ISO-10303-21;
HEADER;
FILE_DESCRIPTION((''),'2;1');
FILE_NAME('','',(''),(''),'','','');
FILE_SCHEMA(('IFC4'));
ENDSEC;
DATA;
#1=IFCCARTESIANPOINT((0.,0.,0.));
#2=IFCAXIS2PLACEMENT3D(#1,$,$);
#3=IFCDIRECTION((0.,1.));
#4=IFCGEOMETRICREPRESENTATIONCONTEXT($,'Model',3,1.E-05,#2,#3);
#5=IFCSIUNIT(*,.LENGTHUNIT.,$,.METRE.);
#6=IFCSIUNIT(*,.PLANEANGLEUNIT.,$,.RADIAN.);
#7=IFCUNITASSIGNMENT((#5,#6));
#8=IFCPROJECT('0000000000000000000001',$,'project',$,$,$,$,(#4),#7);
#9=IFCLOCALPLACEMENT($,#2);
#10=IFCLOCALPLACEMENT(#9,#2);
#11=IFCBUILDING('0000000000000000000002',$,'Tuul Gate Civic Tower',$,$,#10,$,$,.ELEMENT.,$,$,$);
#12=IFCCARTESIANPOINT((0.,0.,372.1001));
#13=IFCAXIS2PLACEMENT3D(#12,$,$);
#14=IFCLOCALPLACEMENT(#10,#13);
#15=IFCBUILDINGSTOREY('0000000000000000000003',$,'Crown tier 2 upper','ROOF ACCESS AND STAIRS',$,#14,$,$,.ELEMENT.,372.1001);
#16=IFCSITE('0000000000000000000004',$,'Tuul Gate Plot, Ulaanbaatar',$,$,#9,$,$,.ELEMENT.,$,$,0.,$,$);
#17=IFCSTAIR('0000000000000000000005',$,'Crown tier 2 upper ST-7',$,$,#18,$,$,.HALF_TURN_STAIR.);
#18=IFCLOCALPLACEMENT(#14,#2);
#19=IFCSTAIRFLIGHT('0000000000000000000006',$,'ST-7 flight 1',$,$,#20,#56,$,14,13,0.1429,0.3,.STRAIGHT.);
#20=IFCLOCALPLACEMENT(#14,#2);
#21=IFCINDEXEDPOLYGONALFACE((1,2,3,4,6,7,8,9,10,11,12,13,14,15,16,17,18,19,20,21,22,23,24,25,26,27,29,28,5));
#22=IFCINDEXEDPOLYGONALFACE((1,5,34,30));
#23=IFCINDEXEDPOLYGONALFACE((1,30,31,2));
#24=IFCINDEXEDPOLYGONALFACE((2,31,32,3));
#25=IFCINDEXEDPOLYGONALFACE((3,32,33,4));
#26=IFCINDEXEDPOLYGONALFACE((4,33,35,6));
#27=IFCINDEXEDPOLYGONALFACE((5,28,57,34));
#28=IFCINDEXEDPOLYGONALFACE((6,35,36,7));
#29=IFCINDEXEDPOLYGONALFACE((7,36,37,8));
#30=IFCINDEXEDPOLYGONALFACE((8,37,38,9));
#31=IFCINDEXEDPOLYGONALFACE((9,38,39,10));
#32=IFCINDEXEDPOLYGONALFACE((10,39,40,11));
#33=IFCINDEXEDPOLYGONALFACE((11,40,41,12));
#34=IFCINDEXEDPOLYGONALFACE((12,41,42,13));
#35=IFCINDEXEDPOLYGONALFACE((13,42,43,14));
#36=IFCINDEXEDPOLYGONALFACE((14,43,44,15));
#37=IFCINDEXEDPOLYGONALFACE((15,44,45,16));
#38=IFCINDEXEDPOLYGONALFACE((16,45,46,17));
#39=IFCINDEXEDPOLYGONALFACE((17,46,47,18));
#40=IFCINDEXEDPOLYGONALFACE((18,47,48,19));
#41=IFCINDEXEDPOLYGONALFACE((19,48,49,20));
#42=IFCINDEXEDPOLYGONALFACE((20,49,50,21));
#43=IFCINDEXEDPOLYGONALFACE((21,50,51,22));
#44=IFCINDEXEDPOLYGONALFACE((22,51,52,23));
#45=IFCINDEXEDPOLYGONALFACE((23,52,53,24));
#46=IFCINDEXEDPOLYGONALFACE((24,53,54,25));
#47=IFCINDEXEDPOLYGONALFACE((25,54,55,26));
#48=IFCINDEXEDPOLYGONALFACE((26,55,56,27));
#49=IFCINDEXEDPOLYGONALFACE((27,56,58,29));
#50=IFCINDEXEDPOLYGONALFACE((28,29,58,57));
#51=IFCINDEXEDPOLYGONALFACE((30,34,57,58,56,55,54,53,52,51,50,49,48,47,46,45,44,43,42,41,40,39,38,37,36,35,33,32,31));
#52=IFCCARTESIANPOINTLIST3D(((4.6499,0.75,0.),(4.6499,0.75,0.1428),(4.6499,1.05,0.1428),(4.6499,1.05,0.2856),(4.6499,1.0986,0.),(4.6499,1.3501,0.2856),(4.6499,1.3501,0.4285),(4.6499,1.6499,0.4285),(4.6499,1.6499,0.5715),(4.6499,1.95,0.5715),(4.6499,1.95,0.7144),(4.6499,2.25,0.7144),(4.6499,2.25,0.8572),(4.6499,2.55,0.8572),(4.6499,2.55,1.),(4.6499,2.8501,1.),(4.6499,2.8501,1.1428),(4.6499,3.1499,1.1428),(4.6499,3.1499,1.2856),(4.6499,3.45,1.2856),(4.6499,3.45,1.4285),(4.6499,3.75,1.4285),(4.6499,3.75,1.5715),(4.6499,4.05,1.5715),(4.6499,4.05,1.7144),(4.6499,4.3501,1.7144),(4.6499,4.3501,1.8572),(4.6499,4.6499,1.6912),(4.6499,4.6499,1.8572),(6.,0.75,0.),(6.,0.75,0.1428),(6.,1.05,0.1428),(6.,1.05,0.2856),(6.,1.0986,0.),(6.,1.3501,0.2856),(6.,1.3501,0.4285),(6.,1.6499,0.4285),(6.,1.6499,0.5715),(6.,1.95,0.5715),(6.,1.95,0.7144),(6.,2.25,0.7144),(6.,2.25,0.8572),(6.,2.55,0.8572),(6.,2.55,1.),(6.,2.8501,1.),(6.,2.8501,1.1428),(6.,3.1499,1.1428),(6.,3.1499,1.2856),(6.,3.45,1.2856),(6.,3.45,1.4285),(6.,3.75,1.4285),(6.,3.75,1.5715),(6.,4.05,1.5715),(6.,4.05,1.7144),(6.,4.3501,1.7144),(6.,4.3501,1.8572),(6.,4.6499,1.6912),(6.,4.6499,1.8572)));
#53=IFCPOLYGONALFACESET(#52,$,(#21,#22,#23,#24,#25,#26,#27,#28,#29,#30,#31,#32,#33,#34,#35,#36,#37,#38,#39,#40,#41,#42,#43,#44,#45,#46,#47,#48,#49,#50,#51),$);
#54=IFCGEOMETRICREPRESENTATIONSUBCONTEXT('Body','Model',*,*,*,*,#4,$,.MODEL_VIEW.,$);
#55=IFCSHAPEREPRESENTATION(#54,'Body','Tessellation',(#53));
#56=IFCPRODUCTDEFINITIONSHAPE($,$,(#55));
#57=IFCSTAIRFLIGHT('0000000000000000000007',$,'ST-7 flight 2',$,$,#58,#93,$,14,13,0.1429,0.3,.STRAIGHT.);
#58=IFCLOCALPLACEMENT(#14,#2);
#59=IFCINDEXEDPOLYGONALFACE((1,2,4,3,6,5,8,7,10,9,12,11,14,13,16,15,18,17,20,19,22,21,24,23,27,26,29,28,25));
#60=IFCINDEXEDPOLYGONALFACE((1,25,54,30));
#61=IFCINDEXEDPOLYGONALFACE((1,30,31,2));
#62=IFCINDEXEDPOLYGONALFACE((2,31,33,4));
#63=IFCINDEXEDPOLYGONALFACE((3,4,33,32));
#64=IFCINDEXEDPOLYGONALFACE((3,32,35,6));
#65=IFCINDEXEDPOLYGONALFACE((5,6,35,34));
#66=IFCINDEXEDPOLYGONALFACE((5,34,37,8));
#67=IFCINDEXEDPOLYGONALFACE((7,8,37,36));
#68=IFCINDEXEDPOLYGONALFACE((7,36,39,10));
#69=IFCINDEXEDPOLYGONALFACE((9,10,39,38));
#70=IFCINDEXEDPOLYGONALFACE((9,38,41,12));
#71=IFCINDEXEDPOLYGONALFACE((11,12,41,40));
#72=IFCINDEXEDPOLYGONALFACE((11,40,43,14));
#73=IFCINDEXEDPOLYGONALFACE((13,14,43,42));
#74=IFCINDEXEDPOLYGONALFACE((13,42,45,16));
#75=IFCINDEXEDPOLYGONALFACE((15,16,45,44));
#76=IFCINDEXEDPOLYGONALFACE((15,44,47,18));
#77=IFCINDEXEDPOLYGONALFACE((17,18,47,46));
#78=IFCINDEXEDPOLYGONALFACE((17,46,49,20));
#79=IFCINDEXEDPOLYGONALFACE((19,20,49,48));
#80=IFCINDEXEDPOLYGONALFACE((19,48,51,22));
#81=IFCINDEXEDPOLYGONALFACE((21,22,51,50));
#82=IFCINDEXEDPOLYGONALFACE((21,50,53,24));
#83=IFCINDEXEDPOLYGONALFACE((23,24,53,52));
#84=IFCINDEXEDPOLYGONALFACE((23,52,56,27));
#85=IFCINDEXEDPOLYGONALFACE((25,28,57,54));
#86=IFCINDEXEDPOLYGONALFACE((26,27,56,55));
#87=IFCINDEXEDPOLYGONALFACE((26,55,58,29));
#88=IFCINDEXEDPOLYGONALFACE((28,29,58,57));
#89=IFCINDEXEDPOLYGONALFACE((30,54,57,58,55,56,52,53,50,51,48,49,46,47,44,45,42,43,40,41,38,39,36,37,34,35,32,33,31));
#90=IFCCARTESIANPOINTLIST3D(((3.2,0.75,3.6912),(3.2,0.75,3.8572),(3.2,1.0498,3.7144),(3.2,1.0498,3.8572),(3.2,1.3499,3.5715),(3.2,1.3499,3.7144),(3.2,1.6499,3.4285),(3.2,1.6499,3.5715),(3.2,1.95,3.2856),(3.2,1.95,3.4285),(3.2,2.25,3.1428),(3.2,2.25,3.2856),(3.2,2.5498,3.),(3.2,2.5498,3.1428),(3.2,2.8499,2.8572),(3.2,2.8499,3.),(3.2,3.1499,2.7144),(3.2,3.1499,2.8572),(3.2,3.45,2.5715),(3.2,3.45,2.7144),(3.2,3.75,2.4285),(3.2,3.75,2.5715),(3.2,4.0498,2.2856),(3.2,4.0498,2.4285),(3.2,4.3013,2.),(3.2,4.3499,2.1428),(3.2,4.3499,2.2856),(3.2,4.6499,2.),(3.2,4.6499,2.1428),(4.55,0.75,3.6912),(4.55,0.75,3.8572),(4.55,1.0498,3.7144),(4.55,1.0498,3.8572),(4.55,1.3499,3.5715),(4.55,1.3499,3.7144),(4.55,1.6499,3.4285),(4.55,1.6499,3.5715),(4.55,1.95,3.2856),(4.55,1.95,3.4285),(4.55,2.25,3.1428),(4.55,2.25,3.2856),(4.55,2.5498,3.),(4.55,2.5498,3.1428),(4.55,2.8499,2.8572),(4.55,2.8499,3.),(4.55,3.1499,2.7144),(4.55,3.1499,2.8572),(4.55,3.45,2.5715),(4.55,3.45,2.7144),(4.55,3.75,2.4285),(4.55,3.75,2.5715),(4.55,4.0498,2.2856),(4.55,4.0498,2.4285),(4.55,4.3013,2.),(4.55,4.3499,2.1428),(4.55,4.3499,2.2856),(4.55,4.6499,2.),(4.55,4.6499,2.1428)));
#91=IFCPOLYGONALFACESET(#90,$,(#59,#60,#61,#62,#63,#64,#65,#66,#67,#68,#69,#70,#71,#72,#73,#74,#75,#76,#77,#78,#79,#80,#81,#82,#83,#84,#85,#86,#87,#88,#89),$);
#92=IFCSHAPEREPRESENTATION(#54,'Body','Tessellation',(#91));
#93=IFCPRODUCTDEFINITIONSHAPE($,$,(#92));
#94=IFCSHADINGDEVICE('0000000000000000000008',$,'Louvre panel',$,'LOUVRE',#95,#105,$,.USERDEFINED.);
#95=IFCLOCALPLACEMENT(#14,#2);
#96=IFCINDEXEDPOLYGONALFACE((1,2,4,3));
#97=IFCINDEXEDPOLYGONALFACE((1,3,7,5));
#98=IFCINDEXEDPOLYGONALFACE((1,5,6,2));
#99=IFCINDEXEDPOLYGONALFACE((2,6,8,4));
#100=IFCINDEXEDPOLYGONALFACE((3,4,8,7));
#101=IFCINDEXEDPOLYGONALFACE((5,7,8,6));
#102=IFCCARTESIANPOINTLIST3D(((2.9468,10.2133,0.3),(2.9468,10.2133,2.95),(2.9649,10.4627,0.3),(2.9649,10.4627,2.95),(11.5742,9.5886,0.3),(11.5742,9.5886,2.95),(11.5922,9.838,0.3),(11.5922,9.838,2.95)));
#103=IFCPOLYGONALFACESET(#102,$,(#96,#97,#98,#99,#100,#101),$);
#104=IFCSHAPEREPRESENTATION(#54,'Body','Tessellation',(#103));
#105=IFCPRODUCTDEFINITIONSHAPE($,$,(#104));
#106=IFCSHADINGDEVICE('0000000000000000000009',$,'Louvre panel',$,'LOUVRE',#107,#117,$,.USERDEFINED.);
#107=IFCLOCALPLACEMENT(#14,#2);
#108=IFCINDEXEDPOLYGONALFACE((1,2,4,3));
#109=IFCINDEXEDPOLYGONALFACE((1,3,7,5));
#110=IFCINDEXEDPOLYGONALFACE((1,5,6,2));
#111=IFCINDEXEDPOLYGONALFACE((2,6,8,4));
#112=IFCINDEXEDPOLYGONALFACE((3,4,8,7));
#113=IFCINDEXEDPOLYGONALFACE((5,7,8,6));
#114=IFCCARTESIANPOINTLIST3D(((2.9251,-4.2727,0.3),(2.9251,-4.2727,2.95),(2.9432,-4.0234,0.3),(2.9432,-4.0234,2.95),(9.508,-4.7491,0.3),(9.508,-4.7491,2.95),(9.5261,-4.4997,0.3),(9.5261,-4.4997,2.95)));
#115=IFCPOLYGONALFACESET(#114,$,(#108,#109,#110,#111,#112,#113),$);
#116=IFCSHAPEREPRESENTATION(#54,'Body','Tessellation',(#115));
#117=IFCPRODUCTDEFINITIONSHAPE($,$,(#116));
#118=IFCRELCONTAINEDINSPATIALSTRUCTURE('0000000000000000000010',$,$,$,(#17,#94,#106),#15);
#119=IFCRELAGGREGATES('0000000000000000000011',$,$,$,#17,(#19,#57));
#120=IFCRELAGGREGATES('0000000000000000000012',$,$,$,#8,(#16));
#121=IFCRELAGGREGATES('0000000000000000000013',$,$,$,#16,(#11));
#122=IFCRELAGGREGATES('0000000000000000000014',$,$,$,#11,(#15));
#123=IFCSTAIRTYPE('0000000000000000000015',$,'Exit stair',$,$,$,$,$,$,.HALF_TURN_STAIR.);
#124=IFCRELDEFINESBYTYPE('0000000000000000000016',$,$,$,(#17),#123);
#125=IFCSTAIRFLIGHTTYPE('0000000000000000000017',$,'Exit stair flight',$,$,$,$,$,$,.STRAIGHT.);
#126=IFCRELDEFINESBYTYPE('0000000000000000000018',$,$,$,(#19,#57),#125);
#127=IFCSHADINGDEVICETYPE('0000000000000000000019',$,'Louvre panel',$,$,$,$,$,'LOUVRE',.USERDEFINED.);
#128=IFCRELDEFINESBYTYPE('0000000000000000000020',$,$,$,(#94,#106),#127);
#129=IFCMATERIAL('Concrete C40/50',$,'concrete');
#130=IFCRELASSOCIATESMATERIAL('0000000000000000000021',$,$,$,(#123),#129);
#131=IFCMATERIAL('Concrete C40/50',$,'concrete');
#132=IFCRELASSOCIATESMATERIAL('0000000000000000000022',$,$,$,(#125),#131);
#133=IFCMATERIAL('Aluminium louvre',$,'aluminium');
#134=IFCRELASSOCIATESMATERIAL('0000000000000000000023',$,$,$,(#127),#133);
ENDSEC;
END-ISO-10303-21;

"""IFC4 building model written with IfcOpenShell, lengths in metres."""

from ifc_helpers import new_model, si_unit, direction, frame, origin, origin_2d, place, context, subcontext, project, spatial, polyline, rectangle, outline, extrude, material, type_object, element, aggregate, save


model = new_model("IFC4")

# Units and contexts
model_context = context("Model", 3, precision=1e-05, world=origin(), true_north=direction((0.0, 1.0)))
body_context = subcontext(model_context, "Body", "Model", "MODEL_VIEW")
ifc_project = project(units=[si_unit("LENGTHUNIT", "METRE"), si_unit("PLANEANGLEUNIT", "RADIAN")], contexts=[model_context])

# Site, building, storey
site_placement = place(None, origin())
site = spatial("IfcSite", under=ifc_project, at=site_placement, Name="Tuul Gate Plot, Ulaanbaatar", CompositionType="ELEMENT", RefElevation=0.0)
building_placement = place(site_placement, origin())
building = spatial("IfcBuilding", under=site, at=building_placement, Name="Tuul Gate Civic Tower", CompositionType="ELEMENT")
storey_placement = place(building_placement, frame((0.0, 0.0, 372.1001)))
storey = spatial("IfcBuildingStorey", under=building, at=storey_placement, Name="Crown tier 2 upper", Description="ROOF ACCESS AND STAIRS", CompositionType="ELEMENT", Elevation=372.1001)

# Stair, stair flights
ifc_material_1 = material(Name="Concrete C40/50", Category="concrete")
stair_type = type_object("IfcStairType", Name="Exit stair", PredefinedType="HALF_TURN_STAIR", material=ifc_material_1)
stair_placement = place(storey_placement, origin())
stair = element("IfcStair", 1, at=stair_placement, inside=storey, type_object=stair_type, Name="Crown tier 2 upper ST-7", PredefinedType="HALF_TURN_STAIR")
ifc_material_2 = material(Name="Concrete C40/50", Category="concrete")
stair_flight_type = type_object("IfcStairFlightType", Name="Exit stair flight", PredefinedType="STRAIGHT", material=ifc_material_2)
stair_flight_1_placement = place(storey_placement, frame((5.325, 0.75, 0.0), z_axis=(0.0, 0.0, 1.0), x_axis=(0.0, 1.0, 0.0)))
stair_flight_1 = element("IfcStairFlight", 2, at=stair_flight_1_placement, type_object=stair_flight_type, Name="ST-7 flight 1", NumberOfRisers=14, NumberOfTreads=13, PredefinedType="STRAIGHT", RiserHeight=0.1429, TreadLength=0.3, context=body_context, shape_type="SweptSolid", body=[
    extrude(outline(polyline([(0.0, 0.0), (0.0, 0.1428), (0.3, 0.1428), (0.3, 0.2856), (0.6001, 0.2856), (0.6001, 0.4285), (0.8999, 0.4285), (0.8999, 0.5715), (1.2, 0.5715), (1.2, 0.7144), (1.5, 0.7144), (1.5, 0.8572), (1.8, 0.8572), (1.8, 1.0), (2.1001, 1.0), (2.1001, 1.1428), (2.3999, 1.1428), (2.3999, 1.2856), (2.7, 1.2856), (2.7, 1.4285), (3.0, 1.4285), (3.0, 1.5715), (3.3, 1.5715), (3.3, 1.7144), (3.6001, 1.7144), (3.6001, 1.8572), (3.8999, 1.8572), (3.8999, 2.0), (3.8999, 1.6912), (0.3486, 0.0), (0.0, 0.0)])), frame((0.0, 0.675, 0.0), z_axis=(0.0, -1.0, 0.0), x_axis=(1.0, 0.0, 0.0)), (0.0, 0.0, 1.0), 1.3501),
])
stair_flight_2_placement = place(storey_placement, frame((3.875, 4.6499, 2.0), z_axis=(0.0, 0.0, 1.0), x_axis=(0.0, -1.0, 0.0)))
stair_flight_2 = element("IfcStairFlight", 3, at=stair_flight_2_placement, type_object=stair_flight_type, Name="ST-7 flight 2", NumberOfRisers=14, NumberOfTreads=13, PredefinedType="STRAIGHT", RiserHeight=0.1429, TreadLength=0.3, context=body_context, shape_type="SweptSolid", body=[
    extrude(outline(polyline([(0.0, 0.0), (0.0, 0.1428), (0.3, 0.1428), (0.3, 0.2856), (0.6001, 0.2856), (0.6001, 0.4285), (0.8999, 0.4285), (0.8999, 0.5715), (1.2, 0.5715), (1.2, 0.7144), (1.5, 0.7144), (1.5, 0.8572), (1.8, 0.8572), (1.8, 1.0), (2.1001, 1.0), (2.1001, 1.1428), (2.3999, 1.1428), (2.3999, 1.2856), (2.7, 1.2856), (2.7, 1.4285), (3.0, 1.4285), (3.0, 1.5715), (3.3, 1.5715), (3.3, 1.7144), (3.6001, 1.7144), (3.6001, 1.8572), (3.8999, 1.8572), (3.8999, 2.0), (3.8999, 1.6912), (0.3486, 0.0), (0.0, 0.0)])), frame((0.0, 0.675, 0.0), z_axis=(0.0, -1.0, 0.0), x_axis=(1.0, 0.0, 0.0)), (0.0, 0.0, 1.0), 1.3501),
])
aggregate(stair, [stair_flight_1, stair_flight_2])

# Shading devices
ifc_material_3 = material(Name="Aluminium louvre", Category="aluminium")
shading_device_type = type_object("IfcShadingDeviceType", Name="Louvre panel", ElementType="LOUVRE", PredefinedType="USERDEFINED", material=ifc_material_3)
shading_device_1_placement = place(storey_placement, frame((7.2695, 10.0256, 0.3), z_axis=(0.0, 0.0, 1.0), x_axis=(0.072219, 0.997389, 0.0)))
element("IfcShadingDevice", 4, at=shading_device_1_placement, inside=storey, type_object=shading_device_type, Name="Louvre panel", ObjectType="LOUVRE", PredefinedType="USERDEFINED", context=body_context, shape_type="SweptSolid", body=[
    extrude(rectangle(XDim=0.25, YDim=8.6499, at=origin_2d()), origin(), (0.0, 0.0, 1.0), 2.6499),
])
shading_device_2_placement = place(storey_placement, frame((6.2256, -4.3862, 0.3), z_axis=(0.0, 0.0, 1.0), x_axis=(-0.072168, -0.997393, 0.0)))
element("IfcShadingDevice", 5, at=shading_device_2_placement, inside=storey, type_object=shading_device_type, Name="Louvre panel", ObjectType="LOUVRE", PredefinedType="USERDEFINED", context=body_context, shape_type="SweptSolid", body=[
    extrude(rectangle(XDim=0.25, YDim=6.6001, at=origin_2d()), origin(), (0.0, 0.0, 1.0), 2.6499),
])

save(model, "model.ifc")
